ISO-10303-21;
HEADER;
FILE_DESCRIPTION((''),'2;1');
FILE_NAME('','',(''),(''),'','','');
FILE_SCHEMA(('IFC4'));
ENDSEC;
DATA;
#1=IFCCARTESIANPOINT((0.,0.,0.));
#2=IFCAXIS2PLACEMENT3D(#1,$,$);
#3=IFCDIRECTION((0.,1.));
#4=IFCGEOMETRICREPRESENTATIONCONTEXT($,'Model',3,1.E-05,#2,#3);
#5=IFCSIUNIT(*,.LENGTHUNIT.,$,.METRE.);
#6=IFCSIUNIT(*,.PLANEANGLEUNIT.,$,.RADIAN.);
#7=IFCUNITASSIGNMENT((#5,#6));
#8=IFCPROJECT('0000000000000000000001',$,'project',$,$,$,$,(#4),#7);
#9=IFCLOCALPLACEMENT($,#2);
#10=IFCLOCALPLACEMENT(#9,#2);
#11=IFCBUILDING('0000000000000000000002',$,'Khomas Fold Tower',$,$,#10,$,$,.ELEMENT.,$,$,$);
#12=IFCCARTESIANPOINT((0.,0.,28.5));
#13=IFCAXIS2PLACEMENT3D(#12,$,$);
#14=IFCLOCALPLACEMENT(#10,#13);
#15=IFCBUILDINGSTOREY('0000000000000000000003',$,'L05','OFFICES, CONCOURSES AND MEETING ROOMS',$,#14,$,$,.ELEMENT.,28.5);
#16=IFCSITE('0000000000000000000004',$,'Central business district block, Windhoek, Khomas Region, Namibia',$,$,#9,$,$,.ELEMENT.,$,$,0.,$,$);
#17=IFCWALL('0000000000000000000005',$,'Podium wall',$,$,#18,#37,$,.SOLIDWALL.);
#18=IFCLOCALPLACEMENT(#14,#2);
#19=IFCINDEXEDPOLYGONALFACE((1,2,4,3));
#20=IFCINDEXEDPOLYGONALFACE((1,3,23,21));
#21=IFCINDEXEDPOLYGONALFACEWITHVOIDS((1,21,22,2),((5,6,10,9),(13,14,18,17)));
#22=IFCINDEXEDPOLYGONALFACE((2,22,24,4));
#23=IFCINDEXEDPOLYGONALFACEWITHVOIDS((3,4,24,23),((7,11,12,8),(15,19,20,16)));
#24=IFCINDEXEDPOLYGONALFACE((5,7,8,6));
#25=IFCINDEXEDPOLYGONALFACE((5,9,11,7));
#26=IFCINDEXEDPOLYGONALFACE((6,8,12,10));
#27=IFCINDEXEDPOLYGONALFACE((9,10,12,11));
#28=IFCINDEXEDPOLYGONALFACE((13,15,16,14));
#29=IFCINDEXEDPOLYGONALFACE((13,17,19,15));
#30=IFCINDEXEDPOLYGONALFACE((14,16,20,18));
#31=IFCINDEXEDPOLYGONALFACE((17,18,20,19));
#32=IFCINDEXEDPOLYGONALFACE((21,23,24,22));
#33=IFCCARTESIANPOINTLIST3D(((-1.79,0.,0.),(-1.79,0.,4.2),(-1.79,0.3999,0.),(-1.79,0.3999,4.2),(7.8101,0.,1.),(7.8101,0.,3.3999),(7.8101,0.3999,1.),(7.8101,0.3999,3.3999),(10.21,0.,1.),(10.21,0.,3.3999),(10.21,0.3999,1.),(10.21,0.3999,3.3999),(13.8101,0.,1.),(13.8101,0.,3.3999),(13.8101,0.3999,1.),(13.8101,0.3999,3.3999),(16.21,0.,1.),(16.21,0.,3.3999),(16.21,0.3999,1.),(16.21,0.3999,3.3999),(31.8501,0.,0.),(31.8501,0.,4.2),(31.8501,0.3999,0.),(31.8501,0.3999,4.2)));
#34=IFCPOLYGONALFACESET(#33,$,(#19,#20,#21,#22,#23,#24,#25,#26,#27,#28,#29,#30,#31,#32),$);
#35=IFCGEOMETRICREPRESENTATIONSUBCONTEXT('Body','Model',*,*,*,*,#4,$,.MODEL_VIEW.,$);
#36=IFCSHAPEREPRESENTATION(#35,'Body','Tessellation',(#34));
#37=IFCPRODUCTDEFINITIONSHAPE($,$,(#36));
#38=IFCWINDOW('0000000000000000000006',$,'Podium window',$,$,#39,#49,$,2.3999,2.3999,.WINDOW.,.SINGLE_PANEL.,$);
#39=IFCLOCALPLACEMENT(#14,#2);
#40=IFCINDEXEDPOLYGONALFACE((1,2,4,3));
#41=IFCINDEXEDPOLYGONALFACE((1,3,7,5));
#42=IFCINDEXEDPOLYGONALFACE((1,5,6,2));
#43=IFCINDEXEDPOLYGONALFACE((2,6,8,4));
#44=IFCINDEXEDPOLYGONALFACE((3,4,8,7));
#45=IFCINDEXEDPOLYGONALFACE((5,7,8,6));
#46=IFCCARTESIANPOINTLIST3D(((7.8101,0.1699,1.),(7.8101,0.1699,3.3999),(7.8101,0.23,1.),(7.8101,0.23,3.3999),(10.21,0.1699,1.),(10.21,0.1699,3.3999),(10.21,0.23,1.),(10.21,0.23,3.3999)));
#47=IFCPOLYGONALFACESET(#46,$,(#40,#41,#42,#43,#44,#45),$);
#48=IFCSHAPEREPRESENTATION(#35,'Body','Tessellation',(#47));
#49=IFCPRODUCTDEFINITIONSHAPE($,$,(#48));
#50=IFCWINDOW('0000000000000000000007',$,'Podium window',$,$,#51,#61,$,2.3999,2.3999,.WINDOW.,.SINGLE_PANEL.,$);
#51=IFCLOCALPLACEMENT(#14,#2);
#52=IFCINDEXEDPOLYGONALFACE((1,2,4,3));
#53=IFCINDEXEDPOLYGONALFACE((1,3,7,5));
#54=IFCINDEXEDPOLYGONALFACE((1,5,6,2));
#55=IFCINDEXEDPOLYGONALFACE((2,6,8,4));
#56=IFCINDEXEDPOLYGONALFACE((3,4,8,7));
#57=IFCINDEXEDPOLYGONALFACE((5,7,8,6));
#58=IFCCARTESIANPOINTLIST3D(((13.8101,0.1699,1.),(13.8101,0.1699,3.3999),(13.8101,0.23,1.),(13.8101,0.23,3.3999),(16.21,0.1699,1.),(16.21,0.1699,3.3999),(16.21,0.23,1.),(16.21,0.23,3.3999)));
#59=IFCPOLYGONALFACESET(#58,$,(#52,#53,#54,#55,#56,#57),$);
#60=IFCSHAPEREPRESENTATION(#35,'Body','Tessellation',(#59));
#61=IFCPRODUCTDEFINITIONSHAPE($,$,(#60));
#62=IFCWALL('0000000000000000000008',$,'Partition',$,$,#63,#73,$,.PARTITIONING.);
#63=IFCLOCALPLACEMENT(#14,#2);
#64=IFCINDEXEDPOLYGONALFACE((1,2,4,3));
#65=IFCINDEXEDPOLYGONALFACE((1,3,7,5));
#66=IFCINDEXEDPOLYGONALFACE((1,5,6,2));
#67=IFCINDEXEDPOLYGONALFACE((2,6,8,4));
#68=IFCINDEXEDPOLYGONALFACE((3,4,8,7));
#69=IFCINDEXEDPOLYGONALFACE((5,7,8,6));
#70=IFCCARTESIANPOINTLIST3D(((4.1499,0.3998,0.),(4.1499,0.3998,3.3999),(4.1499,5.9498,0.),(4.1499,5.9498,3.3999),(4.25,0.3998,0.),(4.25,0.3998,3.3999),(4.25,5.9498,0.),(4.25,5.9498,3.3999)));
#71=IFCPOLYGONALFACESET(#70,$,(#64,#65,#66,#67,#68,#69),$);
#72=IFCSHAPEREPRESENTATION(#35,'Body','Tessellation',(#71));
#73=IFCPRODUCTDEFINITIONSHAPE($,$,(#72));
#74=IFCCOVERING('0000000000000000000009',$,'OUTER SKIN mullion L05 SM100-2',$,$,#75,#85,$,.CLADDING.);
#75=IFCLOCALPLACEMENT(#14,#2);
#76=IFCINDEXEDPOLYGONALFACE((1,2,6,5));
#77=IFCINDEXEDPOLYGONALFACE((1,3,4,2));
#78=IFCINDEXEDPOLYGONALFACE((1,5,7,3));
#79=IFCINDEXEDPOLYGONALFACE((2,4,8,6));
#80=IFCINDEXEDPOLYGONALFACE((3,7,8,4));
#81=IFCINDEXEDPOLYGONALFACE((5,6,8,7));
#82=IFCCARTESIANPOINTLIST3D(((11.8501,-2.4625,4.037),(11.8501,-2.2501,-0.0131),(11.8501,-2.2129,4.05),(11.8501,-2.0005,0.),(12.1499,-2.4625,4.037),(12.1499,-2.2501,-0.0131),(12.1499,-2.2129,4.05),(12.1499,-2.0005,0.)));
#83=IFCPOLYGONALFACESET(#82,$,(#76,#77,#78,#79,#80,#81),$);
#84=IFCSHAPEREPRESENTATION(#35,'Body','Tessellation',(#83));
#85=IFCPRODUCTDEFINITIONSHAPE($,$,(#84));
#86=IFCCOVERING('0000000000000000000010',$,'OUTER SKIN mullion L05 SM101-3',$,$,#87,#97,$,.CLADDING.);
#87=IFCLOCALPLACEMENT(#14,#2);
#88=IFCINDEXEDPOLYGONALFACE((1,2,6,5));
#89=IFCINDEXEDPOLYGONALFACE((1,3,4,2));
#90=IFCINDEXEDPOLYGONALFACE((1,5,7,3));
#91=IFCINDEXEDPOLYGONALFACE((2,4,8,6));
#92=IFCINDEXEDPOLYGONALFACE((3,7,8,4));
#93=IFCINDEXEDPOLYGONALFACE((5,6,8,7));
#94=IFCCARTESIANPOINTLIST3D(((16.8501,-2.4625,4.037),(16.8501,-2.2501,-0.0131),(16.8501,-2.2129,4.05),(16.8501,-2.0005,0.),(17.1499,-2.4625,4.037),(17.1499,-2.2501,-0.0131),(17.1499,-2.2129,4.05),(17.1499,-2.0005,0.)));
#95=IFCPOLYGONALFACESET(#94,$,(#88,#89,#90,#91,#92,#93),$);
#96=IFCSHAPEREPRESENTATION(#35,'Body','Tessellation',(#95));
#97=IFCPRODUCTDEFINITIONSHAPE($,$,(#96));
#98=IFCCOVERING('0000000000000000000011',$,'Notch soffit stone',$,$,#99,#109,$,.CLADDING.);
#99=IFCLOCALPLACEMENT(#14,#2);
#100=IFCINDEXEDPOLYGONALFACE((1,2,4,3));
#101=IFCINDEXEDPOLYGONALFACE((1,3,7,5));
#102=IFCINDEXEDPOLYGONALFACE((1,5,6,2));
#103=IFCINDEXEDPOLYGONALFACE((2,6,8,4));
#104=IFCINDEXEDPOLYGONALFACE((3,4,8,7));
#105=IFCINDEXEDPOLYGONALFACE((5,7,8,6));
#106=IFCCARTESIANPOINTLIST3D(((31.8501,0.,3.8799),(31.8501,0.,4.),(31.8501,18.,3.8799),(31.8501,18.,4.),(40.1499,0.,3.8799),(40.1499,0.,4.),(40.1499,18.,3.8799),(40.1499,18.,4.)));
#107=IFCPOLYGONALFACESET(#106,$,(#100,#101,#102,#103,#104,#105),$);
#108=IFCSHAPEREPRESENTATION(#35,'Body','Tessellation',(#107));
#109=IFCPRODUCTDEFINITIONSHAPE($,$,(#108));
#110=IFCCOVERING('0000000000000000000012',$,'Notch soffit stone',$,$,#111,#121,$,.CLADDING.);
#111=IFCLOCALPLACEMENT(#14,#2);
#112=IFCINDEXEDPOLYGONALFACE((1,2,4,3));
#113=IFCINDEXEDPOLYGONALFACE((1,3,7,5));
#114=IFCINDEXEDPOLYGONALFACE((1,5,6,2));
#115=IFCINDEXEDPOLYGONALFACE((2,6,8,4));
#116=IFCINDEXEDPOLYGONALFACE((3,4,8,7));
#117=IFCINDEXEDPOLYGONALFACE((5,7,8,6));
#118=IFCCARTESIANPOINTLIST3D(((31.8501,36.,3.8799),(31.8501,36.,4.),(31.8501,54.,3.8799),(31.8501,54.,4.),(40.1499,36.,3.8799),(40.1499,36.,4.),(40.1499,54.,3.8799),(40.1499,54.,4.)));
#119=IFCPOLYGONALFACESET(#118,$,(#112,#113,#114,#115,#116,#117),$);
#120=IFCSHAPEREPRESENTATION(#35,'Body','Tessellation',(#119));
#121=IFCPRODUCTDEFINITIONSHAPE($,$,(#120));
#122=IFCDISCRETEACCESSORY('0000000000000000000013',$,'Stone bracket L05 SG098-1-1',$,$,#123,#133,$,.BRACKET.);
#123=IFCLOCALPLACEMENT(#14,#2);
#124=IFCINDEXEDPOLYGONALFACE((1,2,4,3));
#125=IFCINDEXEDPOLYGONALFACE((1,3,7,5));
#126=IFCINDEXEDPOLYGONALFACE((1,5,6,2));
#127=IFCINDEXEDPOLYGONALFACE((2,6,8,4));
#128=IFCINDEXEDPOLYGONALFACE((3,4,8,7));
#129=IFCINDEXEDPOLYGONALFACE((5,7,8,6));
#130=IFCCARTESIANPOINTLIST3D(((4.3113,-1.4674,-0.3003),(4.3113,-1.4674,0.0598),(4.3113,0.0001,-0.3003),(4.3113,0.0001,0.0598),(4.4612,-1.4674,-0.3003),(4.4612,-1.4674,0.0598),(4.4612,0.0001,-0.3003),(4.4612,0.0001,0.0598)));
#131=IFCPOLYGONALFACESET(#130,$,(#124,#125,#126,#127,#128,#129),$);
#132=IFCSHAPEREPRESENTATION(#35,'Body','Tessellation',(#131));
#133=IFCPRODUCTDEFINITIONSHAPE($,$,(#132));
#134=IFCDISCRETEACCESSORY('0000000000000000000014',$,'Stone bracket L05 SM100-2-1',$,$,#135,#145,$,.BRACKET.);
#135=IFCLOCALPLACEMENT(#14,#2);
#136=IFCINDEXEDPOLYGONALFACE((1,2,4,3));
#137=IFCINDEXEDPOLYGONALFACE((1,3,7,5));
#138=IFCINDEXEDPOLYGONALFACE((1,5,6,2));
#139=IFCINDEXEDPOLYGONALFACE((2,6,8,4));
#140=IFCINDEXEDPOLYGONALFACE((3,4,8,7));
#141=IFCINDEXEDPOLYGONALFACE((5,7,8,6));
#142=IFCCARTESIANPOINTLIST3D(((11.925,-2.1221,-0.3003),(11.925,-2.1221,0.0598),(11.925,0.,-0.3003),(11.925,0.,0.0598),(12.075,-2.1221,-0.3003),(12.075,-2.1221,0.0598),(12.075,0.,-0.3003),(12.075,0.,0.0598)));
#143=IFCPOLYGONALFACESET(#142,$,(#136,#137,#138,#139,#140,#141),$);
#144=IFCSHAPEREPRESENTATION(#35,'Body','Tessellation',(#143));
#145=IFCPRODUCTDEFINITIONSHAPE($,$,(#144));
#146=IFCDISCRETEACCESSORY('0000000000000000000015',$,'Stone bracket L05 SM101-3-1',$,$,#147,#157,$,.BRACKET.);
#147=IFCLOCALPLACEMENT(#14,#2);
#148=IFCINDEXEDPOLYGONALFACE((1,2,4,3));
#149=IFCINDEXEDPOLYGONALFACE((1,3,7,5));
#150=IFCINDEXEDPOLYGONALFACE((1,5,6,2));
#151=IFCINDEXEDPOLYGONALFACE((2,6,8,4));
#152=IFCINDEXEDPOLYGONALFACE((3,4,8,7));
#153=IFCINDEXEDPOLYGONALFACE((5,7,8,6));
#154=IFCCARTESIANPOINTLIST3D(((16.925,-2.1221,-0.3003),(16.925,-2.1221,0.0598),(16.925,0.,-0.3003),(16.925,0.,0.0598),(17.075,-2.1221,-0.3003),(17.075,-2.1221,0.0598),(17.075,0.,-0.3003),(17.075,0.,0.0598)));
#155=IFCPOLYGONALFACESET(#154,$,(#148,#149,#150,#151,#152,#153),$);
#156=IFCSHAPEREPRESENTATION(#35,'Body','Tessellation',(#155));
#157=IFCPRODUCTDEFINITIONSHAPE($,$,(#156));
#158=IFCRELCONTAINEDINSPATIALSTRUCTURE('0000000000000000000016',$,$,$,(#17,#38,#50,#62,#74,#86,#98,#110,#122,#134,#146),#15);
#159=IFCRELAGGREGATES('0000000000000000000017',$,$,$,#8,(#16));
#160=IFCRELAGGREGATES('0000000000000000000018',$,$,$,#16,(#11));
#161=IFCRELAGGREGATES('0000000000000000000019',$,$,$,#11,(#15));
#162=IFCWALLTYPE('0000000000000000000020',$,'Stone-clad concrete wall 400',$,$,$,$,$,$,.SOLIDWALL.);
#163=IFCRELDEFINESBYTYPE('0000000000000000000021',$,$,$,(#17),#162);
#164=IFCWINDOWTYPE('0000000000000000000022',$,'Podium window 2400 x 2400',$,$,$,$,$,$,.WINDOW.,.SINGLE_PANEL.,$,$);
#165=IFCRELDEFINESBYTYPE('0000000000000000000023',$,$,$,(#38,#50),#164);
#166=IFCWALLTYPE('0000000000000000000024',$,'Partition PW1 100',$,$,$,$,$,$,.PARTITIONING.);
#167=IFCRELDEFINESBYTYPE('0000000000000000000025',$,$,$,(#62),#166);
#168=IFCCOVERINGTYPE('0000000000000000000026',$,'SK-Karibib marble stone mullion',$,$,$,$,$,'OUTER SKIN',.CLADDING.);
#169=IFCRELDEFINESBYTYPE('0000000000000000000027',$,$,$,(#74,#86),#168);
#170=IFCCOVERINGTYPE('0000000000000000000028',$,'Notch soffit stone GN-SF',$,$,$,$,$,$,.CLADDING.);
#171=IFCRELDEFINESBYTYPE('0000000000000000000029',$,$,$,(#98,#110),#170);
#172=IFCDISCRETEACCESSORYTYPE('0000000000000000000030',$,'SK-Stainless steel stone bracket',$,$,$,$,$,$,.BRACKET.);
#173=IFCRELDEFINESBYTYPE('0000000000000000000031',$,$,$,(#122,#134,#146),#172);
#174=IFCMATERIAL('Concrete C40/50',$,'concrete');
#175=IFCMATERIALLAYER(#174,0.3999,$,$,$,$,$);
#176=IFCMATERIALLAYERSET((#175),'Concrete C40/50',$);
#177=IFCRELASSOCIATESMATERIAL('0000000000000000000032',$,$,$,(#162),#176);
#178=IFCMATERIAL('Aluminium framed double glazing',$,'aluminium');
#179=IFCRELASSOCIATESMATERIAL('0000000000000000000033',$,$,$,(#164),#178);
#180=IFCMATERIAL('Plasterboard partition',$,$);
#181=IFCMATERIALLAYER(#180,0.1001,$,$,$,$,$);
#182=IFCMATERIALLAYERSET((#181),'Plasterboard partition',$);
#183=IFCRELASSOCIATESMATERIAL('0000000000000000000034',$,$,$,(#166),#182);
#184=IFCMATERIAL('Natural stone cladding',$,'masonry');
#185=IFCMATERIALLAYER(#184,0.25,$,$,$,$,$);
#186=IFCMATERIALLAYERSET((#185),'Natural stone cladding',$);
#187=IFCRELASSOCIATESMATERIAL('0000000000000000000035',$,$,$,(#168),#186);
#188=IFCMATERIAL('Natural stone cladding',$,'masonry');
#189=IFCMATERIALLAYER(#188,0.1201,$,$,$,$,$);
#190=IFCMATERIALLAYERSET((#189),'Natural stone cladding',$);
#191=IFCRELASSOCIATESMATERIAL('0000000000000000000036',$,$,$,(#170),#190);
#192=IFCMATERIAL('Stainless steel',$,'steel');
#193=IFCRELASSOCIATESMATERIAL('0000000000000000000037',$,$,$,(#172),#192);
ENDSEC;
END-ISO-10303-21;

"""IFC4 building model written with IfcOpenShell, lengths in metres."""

from ifc_helpers import new_model, si_unit, direction, frame, frame_2d, origin, origin_2d, place, context, subcontext, project, spatial, polyline, rectangle, outline, extrude, source, transform, mapped, material, layer, layer_set, type_object, element, fill, save


model = new_model("IFC4")

# Units and contexts
model_context = context("Model", 3, precision=1e-05, world=origin(), true_north=direction((0.0, 1.0)))
body_context = subcontext(model_context, "Body", "Model", "MODEL_VIEW")
ifc_project = project(units=[si_unit("LENGTHUNIT", "METRE"), si_unit("PLANEANGLEUNIT", "RADIAN")], contexts=[model_context])

# Site, building, storey
site_placement = place(None, origin())
site = spatial("IfcSite", under=ifc_project, at=site_placement, Name="Central business district block, Windhoek, Khomas Region, Namibia", CompositionType="ELEMENT", RefElevation=0.0)
building_placement = place(site_placement, origin())
building = spatial("IfcBuilding", under=site, at=building_placement, Name="Khomas Fold Tower", CompositionType="ELEMENT")
storey_placement = place(building_placement, frame((0.0, 0.0, 28.5)))
storey = spatial("IfcBuildingStorey", under=building, at=storey_placement, Name="L05", Description="OFFICES, CONCOURSES AND MEETING ROOMS", CompositionType="ELEMENT", Elevation=28.5)

# Wall, openings, windows
ifc_material_1 = material(Name="Concrete C40/50", Category="concrete")
ifc_layer_1 = layer(ifc_material_1, 0.3999)
ifc_layer_set_1 = layer_set([ifc_layer_1], Name="Concrete C40/50")
wall_type_1 = type_object("IfcWallType", Name="Stone-clad concrete wall 400", PredefinedType="SOLIDWALL", material=ifc_layer_set_1)
shared_shape_1 = source(origin(), body_context, "Body", "SweptSolid", [
    extrude(rectangle(XDim=33.6401, YDim=0.3999, at=frame_2d((16.8201, 0.0))), origin(), (0.0, 0.0, 1.0), 4.2),
])
wall_1_placement = place(storey_placement, frame((-1.79, 0.2, 0.0), z_axis=(0.0, 0.0, 1.0), x_axis=(1.0, 0.0, 0.0)))
wall_1 = element("IfcWall", 1, at=wall_1_placement, inside=storey, type_object=wall_type_1, Name="Podium wall", PredefinedType="SOLIDWALL", context=body_context, shape_type="MappedRepresentation", body=[
    mapped(shared_shape_1, transform((0.0, 0.0, 0.0))),
])
shared_shape_2 = source(origin(), body_context, "Body", "SweptSolid", [
    extrude(rectangle(XDim=2.3999, YDim=2.3999, at=frame_2d((1.2, 1.2))), frame((0.0, 0.21, 0.0), z_axis=(0.0, -1.0, 0.0), x_axis=(1.0, 0.0, 0.0)), (0.0, 0.0, 1.0), 0.4199),
])
opening_1_placement = place(wall_1_placement, frame((9.6001, 0.0, 1.0)))
opening_1 = element("IfcOpeningElement", 2, at=opening_1_placement, cuts=wall_1, PredefinedType="OPENING", context=body_context, shape_type="MappedRepresentation", body=[
    mapped(shared_shape_2, transform((0.0, 0.0, 0.0))),
])
opening_2_placement = place(wall_1_placement, frame((15.6001, 0.0, 1.0)))
opening_2 = element("IfcOpeningElement", 3, at=opening_2_placement, cuts=wall_1, PredefinedType="OPENING", context=body_context, shape_type="MappedRepresentation", body=[
    mapped(shared_shape_2, transform((0.0, 0.0, 0.0))),
])
ifc_material_2 = material(Name="Aluminium framed double glazing", Category="aluminium")
window_type = type_object("IfcWindowType", Name="Podium window 2400 x 2400", PartitioningType="SINGLE_PANEL", PredefinedType="WINDOW", material=ifc_material_2)
shared_shape_3 = source(origin(), body_context, "Body", "SweptSolid", [
    extrude(rectangle(XDim=2.3999, YDim=2.3999, at=frame_2d((1.2, 1.2))), frame((0.0, 0.03, 0.0), z_axis=(0.0, -1.0, 0.0), x_axis=(1.0, 0.0, 0.0)), (0.0, 0.0, 1.0), 0.0601),
])
window_1_placement = place(opening_1_placement, origin())
window_1 = element("IfcWindow", 4, at=window_1_placement, inside=storey, type_object=window_type, Name="Podium window", OverallHeight=2.3999, OverallWidth=2.3999, PartitioningType="SINGLE_PANEL", PredefinedType="WINDOW", context=body_context, shape_type="MappedRepresentation", body=[
    mapped(shared_shape_3, transform((0.0, 0.0, 0.0))),
])
fill(opening_1, window_1)
window_2_placement = place(opening_2_placement, origin())
window_2 = element("IfcWindow", 5, at=window_2_placement, inside=storey, type_object=window_type, Name="Podium window", OverallHeight=2.3999, OverallWidth=2.3999, PartitioningType="SINGLE_PANEL", PredefinedType="WINDOW", context=body_context, shape_type="MappedRepresentation", body=[
    mapped(shared_shape_3, transform((0.0, 0.0, 0.0))),
])
fill(opening_2, window_2)

# Wall
ifc_material_3 = material(Name="Plasterboard partition")
ifc_layer_2 = layer(ifc_material_3, 0.1001)
ifc_layer_set_2 = layer_set([ifc_layer_2], Name="Plasterboard partition")
wall_type_2 = type_object("IfcWallType", Name="Partition PW1 100", PredefinedType="PARTITIONING", material=ifc_layer_set_2)
shared_shape_4 = source(origin(), body_context, "Body", "SweptSolid", [
    extrude(rectangle(XDim=5.55, YDim=0.1001, at=frame_2d((2.7749, 0.0))), origin(), (0.0, 0.0, 1.0), 3.3999),
])
wall_2_placement = place(storey_placement, frame((4.2, 0.3999, 0.0), z_axis=(0.0, 0.0, 1.0), x_axis=(0.0, 1.0, 0.0)))
element("IfcWall", 6, at=wall_2_placement, inside=storey, type_object=wall_type_2, Name="Partition", PredefinedType="PARTITIONING", context=body_context, shape_type="MappedRepresentation", body=[
    mapped(shared_shape_4, transform((0.0, 0.0, 0.0))),
])

# Coverings
ifc_material_4 = material(Name="Natural stone cladding", Category="masonry")
ifc_layer_3 = layer(ifc_material_4, 0.25)
ifc_layer_set_3 = layer_set([ifc_layer_3], Name="Natural stone cladding")
covering_type_1 = type_object("IfcCoveringType", Name="SK-Karibib marble stone mullion", ElementType="OUTER SKIN", PredefinedType="CLADDING", material=ifc_layer_set_3)
for number, where, z_axis, x_axis, name in (
    (7, (12.1499, -2.2129, 4.05), (0.0, 0.998628, 0.052372), (0.0, 0.052372, -0.998628), "OUTER SKIN mullion L05 SM100-2"),
    (8, (17.1499, -2.2129, 4.05), (0.0, 0.998628, 0.052372), (0.0, 0.052372, -0.998628), "OUTER SKIN mullion L05 SM101-3"),
):
    element("IfcCovering", number, at=place(storey_placement, frame(where, z_axis=z_axis, x_axis=x_axis)), inside=storey, type_object=covering_type_1, Name=name, PredefinedType="CLADDING", context=body_context, shape_type="SweptSolid", body=[
        extrude(outline(polyline([(0.0, 0.0), (4.0556, 0.0), (4.0556, 0.2998), (0.0, 0.2998), (0.0, 0.0)])), origin(), (0.0, 0.0, -1.0), 0.25),
    ])
ifc_material_5 = material(Name="Natural stone cladding", Category="masonry")
ifc_layer_4 = layer(ifc_material_5, 0.1201)
ifc_layer_set_4 = layer_set([ifc_layer_4], Name="Natural stone cladding")
covering_type_2 = type_object("IfcCoveringType", Name="Notch soffit stone GN-SF", PredefinedType="CLADDING", material=ifc_layer_set_4)
shared_shape_5 = source(origin(), body_context, "Body", "SweptSolid", [
    extrude(outline(polyline([(40.1499, 0.0), (40.1499, 18.0), (31.8501, 18.0), (31.8501, 0.0), (40.1499, 0.0)])), origin(), (0.0, 0.0, 1.0), 0.1201),
])
covering_1_placement = place(storey_placement, frame((0.0, 0.0, 3.8799)))
element("IfcCovering", 9, at=covering_1_placement, inside=storey, type_object=covering_type_2, Name="Notch soffit stone", PredefinedType="CLADDING", context=body_context, shape_type="MappedRepresentation", body=[
    mapped(shared_shape_5, transform((0.0, 0.0, 0.0))),
])
shared_shape_6 = source(origin(), body_context, "Body", "SweptSolid", [
    extrude(outline(polyline([(40.1499, 36.0), (40.1499, 54.0), (31.8501, 54.0), (31.8501, 36.0), (40.1499, 36.0)])), origin(), (0.0, 0.0, 1.0), 0.1201),
])
covering_2_placement = place(storey_placement, frame((0.0, 0.0, 3.8799)))
element("IfcCovering", 10, at=covering_2_placement, inside=storey, type_object=covering_type_2, Name="Notch soffit stone", PredefinedType="CLADDING", context=body_context, shape_type="MappedRepresentation", body=[
    mapped(shared_shape_6, transform((0.0, 0.0, 0.0))),
])

# Discrete accessories
ifc_material_6 = material(Name="Stainless steel", Category="steel")
discrete_accessory_type = type_object("IfcDiscreteAccessoryType", Name="SK-Stainless steel stone bracket", PredefinedType="BRACKET", material=ifc_material_6)
shared_shape_7 = source(origin(), body_context, "Body", "SweptSolid", [
    extrude(rectangle(XDim=1.4675, YDim=0.1499, at=origin_2d()), origin(), (0.0, 0.0, 1.0), 0.3601),
])
discrete_accessory_placement = place(storey_placement, frame((4.3862, -0.7336, -0.3003), z_axis=(0.0, 0.0, 1.0), x_axis=(0.0, -1.0, 0.0)))
element("IfcDiscreteAccessory", 11, at=discrete_accessory_placement, inside=storey, type_object=discrete_accessory_type, Name="Stone bracket L05 SG098-1-1", PredefinedType="BRACKET", context=body_context, shape_type="MappedRepresentation", body=[
    mapped(shared_shape_7, transform((0.0, 0.0, 0.0))),
])
shared_shape_8 = source(origin(), body_context, "Body", "SweptSolid", [
    extrude(rectangle(XDim=2.1221, YDim=0.1499, at=origin_2d()), origin(), (0.0, 0.0, 1.0), 0.3601),
])
for number, where, z_axis, x_axis, name in (
    (12, (12.0, -1.061, -0.3003), (0.0, 0.0, 1.0), (0.0, -1.0, 0.0), "Stone bracket L05 SM100-2-1"),
    (13, (17.0, -1.061, -0.3003), (0.0, 0.0, 1.0), (0.0, -1.0, 0.0), "Stone bracket L05 SM101-3-1"),
):
    element("IfcDiscreteAccessory", number, at=place(storey_placement, frame(where, z_axis=z_axis, x_axis=x_axis)), inside=storey, type_object=discrete_accessory_type, Name=name, PredefinedType="BRACKET", context=body_context, shape_type="MappedRepresentation", body=[
        mapped(shared_shape_8, transform((0.0, 0.0, 0.0))),
    ])

save(model, "model.ifc")
